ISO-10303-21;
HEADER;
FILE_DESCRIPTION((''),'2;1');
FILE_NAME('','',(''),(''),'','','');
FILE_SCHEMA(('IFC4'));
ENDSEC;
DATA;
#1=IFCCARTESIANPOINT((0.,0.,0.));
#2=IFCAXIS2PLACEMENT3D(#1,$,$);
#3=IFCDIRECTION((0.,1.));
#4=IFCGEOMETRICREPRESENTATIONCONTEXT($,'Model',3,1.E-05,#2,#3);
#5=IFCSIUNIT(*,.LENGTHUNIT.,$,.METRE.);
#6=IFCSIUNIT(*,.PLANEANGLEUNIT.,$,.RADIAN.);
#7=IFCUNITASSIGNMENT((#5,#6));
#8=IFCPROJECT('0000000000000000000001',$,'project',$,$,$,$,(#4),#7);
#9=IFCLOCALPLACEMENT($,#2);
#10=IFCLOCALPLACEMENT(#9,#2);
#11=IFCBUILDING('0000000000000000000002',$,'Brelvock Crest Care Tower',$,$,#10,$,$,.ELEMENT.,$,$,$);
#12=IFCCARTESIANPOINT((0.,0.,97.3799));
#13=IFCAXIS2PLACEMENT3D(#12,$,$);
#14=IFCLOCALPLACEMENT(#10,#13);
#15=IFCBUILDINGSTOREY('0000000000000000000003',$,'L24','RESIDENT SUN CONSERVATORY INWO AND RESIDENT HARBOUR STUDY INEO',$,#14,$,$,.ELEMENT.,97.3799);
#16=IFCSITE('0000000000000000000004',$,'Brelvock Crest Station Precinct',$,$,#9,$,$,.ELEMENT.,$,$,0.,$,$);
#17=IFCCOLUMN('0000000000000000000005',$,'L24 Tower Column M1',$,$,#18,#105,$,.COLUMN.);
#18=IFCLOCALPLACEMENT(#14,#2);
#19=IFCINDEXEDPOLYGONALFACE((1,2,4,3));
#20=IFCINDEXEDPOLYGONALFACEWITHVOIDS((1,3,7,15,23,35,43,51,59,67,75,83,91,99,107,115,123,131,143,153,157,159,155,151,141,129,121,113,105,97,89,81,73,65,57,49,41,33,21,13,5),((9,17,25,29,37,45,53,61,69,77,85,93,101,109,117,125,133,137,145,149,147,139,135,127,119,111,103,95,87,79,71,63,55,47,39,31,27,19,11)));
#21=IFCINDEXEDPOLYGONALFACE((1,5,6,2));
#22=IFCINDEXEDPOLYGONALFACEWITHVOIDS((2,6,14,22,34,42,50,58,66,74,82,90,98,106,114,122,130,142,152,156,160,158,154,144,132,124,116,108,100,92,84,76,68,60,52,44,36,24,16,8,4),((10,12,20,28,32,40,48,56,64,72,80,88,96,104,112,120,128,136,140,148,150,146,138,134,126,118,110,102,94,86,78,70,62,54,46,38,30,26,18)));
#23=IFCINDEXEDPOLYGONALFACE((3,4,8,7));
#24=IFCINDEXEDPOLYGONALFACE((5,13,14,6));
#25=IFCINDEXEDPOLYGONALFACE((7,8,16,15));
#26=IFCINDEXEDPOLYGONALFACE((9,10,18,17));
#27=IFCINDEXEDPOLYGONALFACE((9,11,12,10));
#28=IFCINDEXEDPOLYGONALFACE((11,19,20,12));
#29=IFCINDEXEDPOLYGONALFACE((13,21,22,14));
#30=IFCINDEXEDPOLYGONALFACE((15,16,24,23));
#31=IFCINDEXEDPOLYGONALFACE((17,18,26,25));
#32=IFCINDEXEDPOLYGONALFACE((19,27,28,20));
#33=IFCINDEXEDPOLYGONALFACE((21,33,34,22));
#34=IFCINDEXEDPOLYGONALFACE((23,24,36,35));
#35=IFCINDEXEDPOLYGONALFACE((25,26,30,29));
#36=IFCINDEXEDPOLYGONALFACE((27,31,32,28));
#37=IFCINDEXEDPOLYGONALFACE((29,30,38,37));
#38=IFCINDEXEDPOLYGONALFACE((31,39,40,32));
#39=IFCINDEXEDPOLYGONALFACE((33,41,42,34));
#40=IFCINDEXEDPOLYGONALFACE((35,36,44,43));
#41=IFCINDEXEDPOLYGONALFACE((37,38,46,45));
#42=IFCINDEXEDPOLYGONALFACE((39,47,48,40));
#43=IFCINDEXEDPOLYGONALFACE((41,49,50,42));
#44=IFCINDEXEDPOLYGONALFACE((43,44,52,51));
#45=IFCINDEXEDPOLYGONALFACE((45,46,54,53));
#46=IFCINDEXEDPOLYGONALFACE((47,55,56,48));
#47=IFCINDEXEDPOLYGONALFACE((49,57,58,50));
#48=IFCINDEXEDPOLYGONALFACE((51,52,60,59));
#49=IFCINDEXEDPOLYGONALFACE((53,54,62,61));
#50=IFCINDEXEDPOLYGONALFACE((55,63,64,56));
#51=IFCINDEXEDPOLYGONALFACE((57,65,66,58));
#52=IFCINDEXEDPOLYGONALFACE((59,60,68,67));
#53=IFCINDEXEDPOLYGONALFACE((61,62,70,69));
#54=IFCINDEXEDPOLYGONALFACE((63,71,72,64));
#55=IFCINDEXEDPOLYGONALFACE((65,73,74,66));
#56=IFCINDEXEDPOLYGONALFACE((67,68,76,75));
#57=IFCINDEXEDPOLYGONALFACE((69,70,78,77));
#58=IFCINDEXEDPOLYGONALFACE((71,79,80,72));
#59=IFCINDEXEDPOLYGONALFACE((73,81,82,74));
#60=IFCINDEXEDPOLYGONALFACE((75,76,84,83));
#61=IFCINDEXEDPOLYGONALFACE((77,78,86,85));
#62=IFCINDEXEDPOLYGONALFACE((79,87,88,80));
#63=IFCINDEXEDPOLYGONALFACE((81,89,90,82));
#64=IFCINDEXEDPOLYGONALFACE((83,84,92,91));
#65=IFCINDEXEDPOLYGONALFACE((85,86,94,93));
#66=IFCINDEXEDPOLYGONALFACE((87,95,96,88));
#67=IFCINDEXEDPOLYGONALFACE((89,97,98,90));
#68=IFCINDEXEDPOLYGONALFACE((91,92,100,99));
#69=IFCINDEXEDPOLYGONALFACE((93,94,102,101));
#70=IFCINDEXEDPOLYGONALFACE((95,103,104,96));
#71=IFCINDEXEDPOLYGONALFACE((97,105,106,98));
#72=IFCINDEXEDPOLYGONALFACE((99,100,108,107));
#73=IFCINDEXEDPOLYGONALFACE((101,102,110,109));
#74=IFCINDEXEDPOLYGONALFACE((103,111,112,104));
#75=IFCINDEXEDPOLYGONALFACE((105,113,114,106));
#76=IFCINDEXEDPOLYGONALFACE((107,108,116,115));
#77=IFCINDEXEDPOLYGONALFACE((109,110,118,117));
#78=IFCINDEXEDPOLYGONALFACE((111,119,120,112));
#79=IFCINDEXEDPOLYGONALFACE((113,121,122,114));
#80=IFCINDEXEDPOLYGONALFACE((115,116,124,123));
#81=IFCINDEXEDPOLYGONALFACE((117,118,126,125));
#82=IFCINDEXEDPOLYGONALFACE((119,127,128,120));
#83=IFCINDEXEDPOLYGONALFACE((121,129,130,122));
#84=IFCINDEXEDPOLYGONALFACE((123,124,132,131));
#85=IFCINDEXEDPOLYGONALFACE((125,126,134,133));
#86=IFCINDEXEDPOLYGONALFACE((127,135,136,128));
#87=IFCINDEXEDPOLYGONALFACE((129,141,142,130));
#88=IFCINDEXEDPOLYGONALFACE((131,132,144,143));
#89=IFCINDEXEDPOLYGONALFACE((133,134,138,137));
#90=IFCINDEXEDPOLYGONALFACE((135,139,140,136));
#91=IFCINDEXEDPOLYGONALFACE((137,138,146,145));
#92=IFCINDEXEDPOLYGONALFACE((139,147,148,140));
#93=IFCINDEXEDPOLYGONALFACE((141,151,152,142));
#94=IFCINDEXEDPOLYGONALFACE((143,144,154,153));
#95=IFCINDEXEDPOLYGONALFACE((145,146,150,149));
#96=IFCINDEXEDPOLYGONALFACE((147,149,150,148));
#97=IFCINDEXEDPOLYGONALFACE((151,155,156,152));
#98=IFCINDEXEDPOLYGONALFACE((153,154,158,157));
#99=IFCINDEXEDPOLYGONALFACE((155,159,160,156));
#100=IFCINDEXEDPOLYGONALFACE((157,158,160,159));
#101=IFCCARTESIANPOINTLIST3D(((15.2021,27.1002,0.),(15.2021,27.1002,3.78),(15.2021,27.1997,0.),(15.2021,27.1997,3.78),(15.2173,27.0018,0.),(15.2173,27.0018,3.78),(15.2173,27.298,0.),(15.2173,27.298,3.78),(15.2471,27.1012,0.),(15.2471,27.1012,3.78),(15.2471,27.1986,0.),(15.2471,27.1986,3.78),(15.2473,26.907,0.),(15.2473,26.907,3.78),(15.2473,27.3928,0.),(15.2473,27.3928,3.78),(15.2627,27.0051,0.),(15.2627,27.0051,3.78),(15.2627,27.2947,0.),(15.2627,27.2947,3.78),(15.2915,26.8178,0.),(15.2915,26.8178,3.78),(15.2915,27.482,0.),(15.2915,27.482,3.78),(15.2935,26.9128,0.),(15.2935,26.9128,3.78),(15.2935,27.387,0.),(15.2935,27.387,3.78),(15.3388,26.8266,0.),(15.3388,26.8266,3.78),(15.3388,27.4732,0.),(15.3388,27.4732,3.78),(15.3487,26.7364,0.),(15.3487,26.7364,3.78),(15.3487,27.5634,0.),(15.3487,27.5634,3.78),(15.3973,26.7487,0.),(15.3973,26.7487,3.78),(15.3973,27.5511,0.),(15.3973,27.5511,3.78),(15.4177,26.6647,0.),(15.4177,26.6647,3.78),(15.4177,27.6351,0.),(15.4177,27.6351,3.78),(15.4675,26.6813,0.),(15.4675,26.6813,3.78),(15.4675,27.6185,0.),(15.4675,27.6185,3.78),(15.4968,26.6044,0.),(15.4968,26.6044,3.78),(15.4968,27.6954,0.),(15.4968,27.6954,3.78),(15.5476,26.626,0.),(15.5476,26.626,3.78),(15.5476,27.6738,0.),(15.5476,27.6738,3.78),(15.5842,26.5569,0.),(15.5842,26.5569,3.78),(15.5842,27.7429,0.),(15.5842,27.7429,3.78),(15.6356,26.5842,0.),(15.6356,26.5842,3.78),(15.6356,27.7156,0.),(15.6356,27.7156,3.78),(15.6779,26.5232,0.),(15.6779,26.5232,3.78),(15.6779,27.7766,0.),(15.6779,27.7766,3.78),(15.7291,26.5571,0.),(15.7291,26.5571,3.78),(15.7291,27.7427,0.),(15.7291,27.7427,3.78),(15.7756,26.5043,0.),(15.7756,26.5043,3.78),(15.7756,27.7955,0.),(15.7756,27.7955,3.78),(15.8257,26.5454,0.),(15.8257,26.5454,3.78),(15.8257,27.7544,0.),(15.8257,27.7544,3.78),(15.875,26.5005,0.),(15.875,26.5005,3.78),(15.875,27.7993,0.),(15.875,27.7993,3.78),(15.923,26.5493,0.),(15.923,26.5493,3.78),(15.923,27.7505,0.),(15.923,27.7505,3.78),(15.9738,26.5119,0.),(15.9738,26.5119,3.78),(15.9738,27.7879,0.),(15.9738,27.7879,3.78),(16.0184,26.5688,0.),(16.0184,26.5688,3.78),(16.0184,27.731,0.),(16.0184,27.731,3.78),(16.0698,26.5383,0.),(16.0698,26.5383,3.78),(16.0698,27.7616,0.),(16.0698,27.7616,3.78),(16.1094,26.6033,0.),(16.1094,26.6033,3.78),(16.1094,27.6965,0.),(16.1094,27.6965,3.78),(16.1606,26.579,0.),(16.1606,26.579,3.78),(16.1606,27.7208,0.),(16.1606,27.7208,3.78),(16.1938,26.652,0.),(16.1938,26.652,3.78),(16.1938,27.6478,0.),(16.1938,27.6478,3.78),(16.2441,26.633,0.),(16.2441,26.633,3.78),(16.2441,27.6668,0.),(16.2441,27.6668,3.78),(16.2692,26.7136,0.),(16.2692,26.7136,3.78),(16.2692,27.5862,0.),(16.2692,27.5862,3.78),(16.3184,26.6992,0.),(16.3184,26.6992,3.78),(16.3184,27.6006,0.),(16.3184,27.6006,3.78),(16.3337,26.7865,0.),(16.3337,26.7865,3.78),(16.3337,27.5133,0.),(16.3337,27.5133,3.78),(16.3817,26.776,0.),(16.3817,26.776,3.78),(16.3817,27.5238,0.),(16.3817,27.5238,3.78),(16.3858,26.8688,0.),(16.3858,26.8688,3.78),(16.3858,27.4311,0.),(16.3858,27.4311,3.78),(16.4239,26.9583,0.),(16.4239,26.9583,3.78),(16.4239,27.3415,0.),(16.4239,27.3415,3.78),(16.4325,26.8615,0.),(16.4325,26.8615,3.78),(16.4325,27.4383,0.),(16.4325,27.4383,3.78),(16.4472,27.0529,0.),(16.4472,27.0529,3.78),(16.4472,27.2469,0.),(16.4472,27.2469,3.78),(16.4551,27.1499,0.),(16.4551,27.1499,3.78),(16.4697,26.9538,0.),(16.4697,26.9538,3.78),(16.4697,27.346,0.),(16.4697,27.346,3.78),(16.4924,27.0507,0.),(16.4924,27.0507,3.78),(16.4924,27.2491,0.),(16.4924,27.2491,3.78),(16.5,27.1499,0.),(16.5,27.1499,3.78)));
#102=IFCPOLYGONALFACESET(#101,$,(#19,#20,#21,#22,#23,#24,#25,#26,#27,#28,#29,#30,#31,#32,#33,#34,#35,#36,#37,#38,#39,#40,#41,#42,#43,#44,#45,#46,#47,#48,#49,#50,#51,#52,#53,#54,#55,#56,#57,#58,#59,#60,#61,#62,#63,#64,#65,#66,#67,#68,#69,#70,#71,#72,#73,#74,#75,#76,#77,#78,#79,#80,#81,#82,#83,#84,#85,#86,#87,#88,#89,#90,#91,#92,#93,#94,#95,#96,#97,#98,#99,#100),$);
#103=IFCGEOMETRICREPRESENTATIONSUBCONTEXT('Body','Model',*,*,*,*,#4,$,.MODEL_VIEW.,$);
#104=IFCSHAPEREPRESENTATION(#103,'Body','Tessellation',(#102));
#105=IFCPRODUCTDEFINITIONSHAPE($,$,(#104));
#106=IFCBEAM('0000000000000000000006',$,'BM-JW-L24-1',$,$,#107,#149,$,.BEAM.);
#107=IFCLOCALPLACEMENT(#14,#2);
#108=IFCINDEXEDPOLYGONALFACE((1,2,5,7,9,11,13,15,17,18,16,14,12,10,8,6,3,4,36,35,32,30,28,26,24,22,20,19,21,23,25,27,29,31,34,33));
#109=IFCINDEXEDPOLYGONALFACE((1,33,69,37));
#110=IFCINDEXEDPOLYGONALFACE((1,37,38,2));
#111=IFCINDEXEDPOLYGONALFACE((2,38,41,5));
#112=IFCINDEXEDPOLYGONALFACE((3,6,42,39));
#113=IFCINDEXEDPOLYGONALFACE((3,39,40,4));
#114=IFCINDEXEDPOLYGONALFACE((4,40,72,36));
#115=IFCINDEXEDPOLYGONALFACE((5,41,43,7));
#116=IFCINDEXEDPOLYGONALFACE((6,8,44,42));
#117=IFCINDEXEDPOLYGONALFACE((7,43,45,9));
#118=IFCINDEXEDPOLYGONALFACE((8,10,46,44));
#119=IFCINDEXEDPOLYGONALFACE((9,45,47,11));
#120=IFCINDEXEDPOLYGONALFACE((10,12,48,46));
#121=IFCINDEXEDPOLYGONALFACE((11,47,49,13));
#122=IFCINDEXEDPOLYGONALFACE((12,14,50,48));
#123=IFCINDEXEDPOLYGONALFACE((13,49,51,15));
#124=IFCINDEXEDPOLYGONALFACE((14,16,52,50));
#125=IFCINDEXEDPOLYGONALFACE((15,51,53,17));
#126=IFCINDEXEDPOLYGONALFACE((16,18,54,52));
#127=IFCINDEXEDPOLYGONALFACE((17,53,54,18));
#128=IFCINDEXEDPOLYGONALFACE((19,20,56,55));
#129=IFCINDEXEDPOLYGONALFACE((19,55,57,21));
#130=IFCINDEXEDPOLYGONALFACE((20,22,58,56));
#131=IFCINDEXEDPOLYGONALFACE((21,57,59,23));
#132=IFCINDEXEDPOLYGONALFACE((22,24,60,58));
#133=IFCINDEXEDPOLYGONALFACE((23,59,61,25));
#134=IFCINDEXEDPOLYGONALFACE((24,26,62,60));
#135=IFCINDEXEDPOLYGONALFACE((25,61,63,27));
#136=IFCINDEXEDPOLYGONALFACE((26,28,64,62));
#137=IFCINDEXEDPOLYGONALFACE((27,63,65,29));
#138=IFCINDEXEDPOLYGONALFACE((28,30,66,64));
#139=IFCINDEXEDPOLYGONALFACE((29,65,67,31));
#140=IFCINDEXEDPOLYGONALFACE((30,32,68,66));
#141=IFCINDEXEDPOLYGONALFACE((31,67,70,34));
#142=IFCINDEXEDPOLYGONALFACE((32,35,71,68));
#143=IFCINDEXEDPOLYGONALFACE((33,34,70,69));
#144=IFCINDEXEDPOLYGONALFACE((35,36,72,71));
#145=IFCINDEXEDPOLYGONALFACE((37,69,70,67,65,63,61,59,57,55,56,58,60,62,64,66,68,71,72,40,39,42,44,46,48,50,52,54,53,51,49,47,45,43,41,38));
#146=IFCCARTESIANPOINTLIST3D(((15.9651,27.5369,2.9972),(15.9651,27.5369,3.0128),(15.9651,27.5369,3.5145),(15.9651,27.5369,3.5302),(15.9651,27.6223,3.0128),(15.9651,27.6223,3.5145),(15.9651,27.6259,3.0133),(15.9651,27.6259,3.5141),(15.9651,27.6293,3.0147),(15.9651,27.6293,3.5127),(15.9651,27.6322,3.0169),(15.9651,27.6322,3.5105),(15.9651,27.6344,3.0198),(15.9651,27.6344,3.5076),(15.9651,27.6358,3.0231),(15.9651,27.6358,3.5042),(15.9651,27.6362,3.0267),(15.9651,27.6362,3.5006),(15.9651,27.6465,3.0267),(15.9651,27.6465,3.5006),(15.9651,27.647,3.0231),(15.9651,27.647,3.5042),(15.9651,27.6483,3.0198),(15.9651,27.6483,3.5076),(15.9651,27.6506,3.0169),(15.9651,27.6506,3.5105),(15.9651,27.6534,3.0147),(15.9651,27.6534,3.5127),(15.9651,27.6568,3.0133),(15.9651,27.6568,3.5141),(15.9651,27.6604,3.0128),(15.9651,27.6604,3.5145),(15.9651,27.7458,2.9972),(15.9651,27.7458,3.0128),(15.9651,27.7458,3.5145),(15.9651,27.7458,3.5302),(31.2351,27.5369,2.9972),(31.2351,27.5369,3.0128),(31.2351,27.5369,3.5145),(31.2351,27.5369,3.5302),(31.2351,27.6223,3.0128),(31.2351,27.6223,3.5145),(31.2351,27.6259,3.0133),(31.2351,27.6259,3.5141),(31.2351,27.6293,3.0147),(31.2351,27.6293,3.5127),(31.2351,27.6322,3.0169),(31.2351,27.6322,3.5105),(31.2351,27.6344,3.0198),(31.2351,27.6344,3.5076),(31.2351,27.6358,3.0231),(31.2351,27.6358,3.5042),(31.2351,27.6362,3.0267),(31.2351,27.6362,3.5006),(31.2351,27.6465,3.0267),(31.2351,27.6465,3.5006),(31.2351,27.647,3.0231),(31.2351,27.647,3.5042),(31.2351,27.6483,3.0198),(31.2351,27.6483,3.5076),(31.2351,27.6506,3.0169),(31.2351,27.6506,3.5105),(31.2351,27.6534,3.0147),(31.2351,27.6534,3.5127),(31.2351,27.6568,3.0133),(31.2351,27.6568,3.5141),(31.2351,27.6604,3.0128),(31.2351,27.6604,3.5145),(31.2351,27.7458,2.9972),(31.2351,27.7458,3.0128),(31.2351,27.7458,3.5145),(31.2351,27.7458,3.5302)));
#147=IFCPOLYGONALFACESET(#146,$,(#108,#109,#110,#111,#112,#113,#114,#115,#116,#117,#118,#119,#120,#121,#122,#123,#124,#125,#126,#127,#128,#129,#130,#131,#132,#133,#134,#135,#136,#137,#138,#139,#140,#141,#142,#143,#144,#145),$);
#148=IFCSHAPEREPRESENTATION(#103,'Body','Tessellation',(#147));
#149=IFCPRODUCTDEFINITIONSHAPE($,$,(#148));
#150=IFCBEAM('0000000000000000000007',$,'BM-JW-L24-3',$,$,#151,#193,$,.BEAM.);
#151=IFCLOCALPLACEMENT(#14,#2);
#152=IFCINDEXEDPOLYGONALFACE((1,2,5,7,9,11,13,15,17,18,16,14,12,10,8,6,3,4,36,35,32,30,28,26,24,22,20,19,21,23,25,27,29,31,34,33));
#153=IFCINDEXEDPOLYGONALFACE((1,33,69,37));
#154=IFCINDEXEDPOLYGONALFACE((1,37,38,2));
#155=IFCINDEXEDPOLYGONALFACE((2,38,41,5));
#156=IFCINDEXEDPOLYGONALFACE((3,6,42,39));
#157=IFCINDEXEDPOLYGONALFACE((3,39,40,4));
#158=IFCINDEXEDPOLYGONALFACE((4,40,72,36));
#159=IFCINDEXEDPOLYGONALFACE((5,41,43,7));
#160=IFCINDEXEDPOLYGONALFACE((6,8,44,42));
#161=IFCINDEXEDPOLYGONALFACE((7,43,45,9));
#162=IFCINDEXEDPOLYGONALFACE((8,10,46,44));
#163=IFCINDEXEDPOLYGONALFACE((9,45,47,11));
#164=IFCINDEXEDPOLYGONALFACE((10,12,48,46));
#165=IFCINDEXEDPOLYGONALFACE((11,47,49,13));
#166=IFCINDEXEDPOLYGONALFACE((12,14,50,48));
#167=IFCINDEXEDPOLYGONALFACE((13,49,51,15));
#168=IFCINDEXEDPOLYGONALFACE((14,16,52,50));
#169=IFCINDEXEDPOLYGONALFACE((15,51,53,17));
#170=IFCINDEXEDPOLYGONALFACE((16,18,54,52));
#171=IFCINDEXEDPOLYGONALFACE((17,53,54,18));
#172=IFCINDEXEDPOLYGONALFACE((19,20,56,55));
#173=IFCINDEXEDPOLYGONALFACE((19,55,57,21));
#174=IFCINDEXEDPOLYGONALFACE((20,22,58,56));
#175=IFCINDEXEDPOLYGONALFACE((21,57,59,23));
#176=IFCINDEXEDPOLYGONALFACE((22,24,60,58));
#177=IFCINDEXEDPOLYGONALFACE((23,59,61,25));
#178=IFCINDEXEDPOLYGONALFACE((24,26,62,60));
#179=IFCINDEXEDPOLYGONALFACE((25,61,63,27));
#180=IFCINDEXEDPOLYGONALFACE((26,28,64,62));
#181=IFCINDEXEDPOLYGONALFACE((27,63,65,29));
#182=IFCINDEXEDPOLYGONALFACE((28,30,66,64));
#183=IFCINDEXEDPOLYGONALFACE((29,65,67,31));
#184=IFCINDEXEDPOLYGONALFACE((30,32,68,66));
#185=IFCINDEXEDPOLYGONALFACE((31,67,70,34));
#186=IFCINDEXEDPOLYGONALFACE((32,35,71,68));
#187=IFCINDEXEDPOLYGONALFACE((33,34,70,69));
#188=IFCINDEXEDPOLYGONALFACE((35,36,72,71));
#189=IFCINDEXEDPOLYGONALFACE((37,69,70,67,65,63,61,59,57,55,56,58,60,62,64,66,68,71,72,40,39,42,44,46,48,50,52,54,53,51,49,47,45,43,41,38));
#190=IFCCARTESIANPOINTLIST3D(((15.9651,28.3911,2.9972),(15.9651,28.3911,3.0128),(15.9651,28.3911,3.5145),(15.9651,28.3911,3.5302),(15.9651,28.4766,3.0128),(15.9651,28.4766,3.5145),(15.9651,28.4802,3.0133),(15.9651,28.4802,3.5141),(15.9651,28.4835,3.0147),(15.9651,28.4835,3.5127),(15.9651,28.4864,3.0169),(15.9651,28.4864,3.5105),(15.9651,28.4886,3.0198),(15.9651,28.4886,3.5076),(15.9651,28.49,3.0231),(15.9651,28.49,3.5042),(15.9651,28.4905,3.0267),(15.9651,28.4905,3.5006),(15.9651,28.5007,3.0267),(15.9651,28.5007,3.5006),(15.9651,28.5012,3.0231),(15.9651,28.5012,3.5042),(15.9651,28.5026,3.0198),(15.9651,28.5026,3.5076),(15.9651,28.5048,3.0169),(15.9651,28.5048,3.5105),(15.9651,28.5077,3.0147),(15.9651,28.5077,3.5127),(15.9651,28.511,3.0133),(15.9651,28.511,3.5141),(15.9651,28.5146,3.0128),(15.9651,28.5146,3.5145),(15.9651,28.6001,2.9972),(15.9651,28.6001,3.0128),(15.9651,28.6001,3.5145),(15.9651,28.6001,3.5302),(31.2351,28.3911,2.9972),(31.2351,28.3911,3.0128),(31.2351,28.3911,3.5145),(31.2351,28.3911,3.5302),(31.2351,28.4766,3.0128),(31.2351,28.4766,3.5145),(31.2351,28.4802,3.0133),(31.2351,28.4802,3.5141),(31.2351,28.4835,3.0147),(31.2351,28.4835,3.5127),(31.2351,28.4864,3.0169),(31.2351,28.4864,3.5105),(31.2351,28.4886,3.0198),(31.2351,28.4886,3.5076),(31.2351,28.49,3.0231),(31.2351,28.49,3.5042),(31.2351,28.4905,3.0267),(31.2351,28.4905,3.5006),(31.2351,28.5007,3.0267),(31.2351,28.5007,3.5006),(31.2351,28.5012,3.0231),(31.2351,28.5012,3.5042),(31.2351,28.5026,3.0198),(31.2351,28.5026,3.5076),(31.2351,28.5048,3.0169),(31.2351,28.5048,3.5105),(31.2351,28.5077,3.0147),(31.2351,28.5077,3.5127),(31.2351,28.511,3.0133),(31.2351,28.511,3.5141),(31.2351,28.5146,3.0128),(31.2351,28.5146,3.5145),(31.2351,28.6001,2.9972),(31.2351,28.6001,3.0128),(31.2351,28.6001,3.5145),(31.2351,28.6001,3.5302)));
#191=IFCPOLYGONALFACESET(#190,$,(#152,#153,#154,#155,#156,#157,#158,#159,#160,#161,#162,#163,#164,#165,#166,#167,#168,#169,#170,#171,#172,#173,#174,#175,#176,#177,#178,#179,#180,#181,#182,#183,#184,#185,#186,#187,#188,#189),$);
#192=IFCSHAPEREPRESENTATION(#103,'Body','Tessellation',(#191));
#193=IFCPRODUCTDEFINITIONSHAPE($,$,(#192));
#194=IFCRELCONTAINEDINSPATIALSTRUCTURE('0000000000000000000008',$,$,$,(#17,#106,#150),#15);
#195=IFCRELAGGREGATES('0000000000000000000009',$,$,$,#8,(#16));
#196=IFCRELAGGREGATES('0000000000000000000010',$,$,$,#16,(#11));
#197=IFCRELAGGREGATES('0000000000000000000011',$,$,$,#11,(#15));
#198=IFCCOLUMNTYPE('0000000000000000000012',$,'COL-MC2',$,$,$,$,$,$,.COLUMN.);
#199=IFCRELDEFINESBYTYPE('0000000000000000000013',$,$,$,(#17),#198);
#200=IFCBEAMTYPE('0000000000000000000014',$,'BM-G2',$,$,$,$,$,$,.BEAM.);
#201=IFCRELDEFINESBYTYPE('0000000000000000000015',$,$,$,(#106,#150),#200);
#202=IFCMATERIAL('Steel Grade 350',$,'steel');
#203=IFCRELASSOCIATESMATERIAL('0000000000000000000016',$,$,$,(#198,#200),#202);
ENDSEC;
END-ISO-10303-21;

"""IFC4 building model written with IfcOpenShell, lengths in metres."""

from ifc_helpers import new_model, si_unit, direction, frame, origin, origin_2d, place, context, subcontext, project, spatial, hollow_circle, i_section, extrude, source, transform, mapped, material, material_profile, profile_set, type_object, element, save


model = new_model("IFC4")

# Units and contexts
model_context = context("Model", 3, precision=1e-05, world=origin(), true_north=direction((0.0, 1.0)))
body_context = subcontext(model_context, "Body", "Model", "MODEL_VIEW")
ifc_project = project(units=[si_unit("LENGTHUNIT", "METRE"), si_unit("PLANEANGLEUNIT", "RADIAN")], contexts=[model_context])

# Site, building, storey
site_placement = place(None, origin())
site = spatial("IfcSite", under=ifc_project, at=site_placement, Name="Brelvock Crest Station Precinct", CompositionType="ELEMENT", RefElevation=0.0)
building_placement = place(site_placement, origin())
building = spatial("IfcBuilding", under=site, at=building_placement, Name="Brelvock Crest Care Tower", CompositionType="ELEMENT")
storey_placement = place(building_placement, frame((0.0, 0.0, 97.3799)))
storey = spatial("IfcBuildingStorey", under=building, at=storey_placement, Name="L24", Description="RESIDENT SUN CONSERVATORY INWO AND RESIDENT HARBOUR STUDY INEO", CompositionType="ELEMENT", Elevation=97.3799)

# Column
ifc_material_1 = material(Name="Steel Grade 350", Category="steel")
ifc_material_profile_1 = material_profile(ifc_material_1, hollow_circle(Radius=0.6499, WallThickness=0.0449, at=origin_2d()), Name="CFT1300x45")
ifc_profile_set_1 = profile_set([ifc_material_profile_1], Name="Steel Grade 350")
column_type = type_object("IfcColumnType", Name="COL-MC2", PredefinedType="COLUMN", material=ifc_profile_set_1)
shared_shape_1 = source(origin(), body_context, "Body", "SweptSolid", [
    extrude(hollow_circle(Radius=0.6499, WallThickness=0.0449, at=origin_2d()), origin(), (0.0, 0.0, 1.0), 3.78),
])
column_placement = place(storey_placement, frame((15.8501, 27.1499, 0.0), z_axis=(0.0, 0.0, 1.0), x_axis=(1.0, 0.0, 0.0)))
element("IfcColumn", 1, at=column_placement, inside=storey, type_object=column_type, Name="L24 Tower Column M1", PredefinedType="COLUMN", context=body_context, shape_type="MappedRepresentation", body=[
    mapped(shared_shape_1, transform((0.0, 0.0, 0.0), x_axis=(1.0, 0.0, 0.0), y_axis=(0.0, 1.0, 0.0), z_axis=(0.0, 0.0, 1.0), scale=1.0)),
])

# Beams
ifc_material_profile_2 = material_profile(ifc_material_1, i_section(OverallWidth=0.209, OverallDepth=0.533, WebThickness=0.0103, FlangeThickness=0.0156, FilletRadius=0.0139, at=origin_2d()), Name="530UB92.4")
ifc_profile_set_2 = profile_set([ifc_material_profile_2], Name="Steel Grade 350")
beam_type_1 = type_object("IfcBeamType", Name="BM-G2", PredefinedType="BEAM", material=ifc_profile_set_2)
shared_shape_2 = source(origin(), body_context, "Body", "SweptSolid", [
    extrude(i_section(OverallWidth=0.209, OverallDepth=0.533, WebThickness=0.0103, FlangeThickness=0.0156, FilletRadius=0.0139, at=origin_2d()), origin(), (0.0, 0.0, 1.0), 15.27),
])
for number, where, z_axis, x_axis, name in (
    (2, (15.9651, 27.6414, 3.2637), (1.0, 0.0, 0.0), (0.0, 1.0, 0.0), "BM-JW-L24-1"),
    (3, (15.9651, 28.4956, 3.2637), (1.0, 0.0, 0.0), (0.0, 1.0, 0.0), "BM-JW-L24-3"),
):
    element("IfcBeam", number, at=place(storey_placement, frame(where, z_axis=z_axis, x_axis=x_axis)), inside=storey, type_object=beam_type_1, Name=name, PredefinedType="BEAM", context=body_context, shape_type="MappedRepresentation", body=[
        mapped(shared_shape_2, transform((0.0, 0.0, 0.0), x_axis=(1.0, 0.0, 0.0), y_axis=(0.0, 1.0, 0.0), z_axis=(0.0, 0.0, 1.0), scale=1.0)),
    ])

save(model, "model.ifc")
